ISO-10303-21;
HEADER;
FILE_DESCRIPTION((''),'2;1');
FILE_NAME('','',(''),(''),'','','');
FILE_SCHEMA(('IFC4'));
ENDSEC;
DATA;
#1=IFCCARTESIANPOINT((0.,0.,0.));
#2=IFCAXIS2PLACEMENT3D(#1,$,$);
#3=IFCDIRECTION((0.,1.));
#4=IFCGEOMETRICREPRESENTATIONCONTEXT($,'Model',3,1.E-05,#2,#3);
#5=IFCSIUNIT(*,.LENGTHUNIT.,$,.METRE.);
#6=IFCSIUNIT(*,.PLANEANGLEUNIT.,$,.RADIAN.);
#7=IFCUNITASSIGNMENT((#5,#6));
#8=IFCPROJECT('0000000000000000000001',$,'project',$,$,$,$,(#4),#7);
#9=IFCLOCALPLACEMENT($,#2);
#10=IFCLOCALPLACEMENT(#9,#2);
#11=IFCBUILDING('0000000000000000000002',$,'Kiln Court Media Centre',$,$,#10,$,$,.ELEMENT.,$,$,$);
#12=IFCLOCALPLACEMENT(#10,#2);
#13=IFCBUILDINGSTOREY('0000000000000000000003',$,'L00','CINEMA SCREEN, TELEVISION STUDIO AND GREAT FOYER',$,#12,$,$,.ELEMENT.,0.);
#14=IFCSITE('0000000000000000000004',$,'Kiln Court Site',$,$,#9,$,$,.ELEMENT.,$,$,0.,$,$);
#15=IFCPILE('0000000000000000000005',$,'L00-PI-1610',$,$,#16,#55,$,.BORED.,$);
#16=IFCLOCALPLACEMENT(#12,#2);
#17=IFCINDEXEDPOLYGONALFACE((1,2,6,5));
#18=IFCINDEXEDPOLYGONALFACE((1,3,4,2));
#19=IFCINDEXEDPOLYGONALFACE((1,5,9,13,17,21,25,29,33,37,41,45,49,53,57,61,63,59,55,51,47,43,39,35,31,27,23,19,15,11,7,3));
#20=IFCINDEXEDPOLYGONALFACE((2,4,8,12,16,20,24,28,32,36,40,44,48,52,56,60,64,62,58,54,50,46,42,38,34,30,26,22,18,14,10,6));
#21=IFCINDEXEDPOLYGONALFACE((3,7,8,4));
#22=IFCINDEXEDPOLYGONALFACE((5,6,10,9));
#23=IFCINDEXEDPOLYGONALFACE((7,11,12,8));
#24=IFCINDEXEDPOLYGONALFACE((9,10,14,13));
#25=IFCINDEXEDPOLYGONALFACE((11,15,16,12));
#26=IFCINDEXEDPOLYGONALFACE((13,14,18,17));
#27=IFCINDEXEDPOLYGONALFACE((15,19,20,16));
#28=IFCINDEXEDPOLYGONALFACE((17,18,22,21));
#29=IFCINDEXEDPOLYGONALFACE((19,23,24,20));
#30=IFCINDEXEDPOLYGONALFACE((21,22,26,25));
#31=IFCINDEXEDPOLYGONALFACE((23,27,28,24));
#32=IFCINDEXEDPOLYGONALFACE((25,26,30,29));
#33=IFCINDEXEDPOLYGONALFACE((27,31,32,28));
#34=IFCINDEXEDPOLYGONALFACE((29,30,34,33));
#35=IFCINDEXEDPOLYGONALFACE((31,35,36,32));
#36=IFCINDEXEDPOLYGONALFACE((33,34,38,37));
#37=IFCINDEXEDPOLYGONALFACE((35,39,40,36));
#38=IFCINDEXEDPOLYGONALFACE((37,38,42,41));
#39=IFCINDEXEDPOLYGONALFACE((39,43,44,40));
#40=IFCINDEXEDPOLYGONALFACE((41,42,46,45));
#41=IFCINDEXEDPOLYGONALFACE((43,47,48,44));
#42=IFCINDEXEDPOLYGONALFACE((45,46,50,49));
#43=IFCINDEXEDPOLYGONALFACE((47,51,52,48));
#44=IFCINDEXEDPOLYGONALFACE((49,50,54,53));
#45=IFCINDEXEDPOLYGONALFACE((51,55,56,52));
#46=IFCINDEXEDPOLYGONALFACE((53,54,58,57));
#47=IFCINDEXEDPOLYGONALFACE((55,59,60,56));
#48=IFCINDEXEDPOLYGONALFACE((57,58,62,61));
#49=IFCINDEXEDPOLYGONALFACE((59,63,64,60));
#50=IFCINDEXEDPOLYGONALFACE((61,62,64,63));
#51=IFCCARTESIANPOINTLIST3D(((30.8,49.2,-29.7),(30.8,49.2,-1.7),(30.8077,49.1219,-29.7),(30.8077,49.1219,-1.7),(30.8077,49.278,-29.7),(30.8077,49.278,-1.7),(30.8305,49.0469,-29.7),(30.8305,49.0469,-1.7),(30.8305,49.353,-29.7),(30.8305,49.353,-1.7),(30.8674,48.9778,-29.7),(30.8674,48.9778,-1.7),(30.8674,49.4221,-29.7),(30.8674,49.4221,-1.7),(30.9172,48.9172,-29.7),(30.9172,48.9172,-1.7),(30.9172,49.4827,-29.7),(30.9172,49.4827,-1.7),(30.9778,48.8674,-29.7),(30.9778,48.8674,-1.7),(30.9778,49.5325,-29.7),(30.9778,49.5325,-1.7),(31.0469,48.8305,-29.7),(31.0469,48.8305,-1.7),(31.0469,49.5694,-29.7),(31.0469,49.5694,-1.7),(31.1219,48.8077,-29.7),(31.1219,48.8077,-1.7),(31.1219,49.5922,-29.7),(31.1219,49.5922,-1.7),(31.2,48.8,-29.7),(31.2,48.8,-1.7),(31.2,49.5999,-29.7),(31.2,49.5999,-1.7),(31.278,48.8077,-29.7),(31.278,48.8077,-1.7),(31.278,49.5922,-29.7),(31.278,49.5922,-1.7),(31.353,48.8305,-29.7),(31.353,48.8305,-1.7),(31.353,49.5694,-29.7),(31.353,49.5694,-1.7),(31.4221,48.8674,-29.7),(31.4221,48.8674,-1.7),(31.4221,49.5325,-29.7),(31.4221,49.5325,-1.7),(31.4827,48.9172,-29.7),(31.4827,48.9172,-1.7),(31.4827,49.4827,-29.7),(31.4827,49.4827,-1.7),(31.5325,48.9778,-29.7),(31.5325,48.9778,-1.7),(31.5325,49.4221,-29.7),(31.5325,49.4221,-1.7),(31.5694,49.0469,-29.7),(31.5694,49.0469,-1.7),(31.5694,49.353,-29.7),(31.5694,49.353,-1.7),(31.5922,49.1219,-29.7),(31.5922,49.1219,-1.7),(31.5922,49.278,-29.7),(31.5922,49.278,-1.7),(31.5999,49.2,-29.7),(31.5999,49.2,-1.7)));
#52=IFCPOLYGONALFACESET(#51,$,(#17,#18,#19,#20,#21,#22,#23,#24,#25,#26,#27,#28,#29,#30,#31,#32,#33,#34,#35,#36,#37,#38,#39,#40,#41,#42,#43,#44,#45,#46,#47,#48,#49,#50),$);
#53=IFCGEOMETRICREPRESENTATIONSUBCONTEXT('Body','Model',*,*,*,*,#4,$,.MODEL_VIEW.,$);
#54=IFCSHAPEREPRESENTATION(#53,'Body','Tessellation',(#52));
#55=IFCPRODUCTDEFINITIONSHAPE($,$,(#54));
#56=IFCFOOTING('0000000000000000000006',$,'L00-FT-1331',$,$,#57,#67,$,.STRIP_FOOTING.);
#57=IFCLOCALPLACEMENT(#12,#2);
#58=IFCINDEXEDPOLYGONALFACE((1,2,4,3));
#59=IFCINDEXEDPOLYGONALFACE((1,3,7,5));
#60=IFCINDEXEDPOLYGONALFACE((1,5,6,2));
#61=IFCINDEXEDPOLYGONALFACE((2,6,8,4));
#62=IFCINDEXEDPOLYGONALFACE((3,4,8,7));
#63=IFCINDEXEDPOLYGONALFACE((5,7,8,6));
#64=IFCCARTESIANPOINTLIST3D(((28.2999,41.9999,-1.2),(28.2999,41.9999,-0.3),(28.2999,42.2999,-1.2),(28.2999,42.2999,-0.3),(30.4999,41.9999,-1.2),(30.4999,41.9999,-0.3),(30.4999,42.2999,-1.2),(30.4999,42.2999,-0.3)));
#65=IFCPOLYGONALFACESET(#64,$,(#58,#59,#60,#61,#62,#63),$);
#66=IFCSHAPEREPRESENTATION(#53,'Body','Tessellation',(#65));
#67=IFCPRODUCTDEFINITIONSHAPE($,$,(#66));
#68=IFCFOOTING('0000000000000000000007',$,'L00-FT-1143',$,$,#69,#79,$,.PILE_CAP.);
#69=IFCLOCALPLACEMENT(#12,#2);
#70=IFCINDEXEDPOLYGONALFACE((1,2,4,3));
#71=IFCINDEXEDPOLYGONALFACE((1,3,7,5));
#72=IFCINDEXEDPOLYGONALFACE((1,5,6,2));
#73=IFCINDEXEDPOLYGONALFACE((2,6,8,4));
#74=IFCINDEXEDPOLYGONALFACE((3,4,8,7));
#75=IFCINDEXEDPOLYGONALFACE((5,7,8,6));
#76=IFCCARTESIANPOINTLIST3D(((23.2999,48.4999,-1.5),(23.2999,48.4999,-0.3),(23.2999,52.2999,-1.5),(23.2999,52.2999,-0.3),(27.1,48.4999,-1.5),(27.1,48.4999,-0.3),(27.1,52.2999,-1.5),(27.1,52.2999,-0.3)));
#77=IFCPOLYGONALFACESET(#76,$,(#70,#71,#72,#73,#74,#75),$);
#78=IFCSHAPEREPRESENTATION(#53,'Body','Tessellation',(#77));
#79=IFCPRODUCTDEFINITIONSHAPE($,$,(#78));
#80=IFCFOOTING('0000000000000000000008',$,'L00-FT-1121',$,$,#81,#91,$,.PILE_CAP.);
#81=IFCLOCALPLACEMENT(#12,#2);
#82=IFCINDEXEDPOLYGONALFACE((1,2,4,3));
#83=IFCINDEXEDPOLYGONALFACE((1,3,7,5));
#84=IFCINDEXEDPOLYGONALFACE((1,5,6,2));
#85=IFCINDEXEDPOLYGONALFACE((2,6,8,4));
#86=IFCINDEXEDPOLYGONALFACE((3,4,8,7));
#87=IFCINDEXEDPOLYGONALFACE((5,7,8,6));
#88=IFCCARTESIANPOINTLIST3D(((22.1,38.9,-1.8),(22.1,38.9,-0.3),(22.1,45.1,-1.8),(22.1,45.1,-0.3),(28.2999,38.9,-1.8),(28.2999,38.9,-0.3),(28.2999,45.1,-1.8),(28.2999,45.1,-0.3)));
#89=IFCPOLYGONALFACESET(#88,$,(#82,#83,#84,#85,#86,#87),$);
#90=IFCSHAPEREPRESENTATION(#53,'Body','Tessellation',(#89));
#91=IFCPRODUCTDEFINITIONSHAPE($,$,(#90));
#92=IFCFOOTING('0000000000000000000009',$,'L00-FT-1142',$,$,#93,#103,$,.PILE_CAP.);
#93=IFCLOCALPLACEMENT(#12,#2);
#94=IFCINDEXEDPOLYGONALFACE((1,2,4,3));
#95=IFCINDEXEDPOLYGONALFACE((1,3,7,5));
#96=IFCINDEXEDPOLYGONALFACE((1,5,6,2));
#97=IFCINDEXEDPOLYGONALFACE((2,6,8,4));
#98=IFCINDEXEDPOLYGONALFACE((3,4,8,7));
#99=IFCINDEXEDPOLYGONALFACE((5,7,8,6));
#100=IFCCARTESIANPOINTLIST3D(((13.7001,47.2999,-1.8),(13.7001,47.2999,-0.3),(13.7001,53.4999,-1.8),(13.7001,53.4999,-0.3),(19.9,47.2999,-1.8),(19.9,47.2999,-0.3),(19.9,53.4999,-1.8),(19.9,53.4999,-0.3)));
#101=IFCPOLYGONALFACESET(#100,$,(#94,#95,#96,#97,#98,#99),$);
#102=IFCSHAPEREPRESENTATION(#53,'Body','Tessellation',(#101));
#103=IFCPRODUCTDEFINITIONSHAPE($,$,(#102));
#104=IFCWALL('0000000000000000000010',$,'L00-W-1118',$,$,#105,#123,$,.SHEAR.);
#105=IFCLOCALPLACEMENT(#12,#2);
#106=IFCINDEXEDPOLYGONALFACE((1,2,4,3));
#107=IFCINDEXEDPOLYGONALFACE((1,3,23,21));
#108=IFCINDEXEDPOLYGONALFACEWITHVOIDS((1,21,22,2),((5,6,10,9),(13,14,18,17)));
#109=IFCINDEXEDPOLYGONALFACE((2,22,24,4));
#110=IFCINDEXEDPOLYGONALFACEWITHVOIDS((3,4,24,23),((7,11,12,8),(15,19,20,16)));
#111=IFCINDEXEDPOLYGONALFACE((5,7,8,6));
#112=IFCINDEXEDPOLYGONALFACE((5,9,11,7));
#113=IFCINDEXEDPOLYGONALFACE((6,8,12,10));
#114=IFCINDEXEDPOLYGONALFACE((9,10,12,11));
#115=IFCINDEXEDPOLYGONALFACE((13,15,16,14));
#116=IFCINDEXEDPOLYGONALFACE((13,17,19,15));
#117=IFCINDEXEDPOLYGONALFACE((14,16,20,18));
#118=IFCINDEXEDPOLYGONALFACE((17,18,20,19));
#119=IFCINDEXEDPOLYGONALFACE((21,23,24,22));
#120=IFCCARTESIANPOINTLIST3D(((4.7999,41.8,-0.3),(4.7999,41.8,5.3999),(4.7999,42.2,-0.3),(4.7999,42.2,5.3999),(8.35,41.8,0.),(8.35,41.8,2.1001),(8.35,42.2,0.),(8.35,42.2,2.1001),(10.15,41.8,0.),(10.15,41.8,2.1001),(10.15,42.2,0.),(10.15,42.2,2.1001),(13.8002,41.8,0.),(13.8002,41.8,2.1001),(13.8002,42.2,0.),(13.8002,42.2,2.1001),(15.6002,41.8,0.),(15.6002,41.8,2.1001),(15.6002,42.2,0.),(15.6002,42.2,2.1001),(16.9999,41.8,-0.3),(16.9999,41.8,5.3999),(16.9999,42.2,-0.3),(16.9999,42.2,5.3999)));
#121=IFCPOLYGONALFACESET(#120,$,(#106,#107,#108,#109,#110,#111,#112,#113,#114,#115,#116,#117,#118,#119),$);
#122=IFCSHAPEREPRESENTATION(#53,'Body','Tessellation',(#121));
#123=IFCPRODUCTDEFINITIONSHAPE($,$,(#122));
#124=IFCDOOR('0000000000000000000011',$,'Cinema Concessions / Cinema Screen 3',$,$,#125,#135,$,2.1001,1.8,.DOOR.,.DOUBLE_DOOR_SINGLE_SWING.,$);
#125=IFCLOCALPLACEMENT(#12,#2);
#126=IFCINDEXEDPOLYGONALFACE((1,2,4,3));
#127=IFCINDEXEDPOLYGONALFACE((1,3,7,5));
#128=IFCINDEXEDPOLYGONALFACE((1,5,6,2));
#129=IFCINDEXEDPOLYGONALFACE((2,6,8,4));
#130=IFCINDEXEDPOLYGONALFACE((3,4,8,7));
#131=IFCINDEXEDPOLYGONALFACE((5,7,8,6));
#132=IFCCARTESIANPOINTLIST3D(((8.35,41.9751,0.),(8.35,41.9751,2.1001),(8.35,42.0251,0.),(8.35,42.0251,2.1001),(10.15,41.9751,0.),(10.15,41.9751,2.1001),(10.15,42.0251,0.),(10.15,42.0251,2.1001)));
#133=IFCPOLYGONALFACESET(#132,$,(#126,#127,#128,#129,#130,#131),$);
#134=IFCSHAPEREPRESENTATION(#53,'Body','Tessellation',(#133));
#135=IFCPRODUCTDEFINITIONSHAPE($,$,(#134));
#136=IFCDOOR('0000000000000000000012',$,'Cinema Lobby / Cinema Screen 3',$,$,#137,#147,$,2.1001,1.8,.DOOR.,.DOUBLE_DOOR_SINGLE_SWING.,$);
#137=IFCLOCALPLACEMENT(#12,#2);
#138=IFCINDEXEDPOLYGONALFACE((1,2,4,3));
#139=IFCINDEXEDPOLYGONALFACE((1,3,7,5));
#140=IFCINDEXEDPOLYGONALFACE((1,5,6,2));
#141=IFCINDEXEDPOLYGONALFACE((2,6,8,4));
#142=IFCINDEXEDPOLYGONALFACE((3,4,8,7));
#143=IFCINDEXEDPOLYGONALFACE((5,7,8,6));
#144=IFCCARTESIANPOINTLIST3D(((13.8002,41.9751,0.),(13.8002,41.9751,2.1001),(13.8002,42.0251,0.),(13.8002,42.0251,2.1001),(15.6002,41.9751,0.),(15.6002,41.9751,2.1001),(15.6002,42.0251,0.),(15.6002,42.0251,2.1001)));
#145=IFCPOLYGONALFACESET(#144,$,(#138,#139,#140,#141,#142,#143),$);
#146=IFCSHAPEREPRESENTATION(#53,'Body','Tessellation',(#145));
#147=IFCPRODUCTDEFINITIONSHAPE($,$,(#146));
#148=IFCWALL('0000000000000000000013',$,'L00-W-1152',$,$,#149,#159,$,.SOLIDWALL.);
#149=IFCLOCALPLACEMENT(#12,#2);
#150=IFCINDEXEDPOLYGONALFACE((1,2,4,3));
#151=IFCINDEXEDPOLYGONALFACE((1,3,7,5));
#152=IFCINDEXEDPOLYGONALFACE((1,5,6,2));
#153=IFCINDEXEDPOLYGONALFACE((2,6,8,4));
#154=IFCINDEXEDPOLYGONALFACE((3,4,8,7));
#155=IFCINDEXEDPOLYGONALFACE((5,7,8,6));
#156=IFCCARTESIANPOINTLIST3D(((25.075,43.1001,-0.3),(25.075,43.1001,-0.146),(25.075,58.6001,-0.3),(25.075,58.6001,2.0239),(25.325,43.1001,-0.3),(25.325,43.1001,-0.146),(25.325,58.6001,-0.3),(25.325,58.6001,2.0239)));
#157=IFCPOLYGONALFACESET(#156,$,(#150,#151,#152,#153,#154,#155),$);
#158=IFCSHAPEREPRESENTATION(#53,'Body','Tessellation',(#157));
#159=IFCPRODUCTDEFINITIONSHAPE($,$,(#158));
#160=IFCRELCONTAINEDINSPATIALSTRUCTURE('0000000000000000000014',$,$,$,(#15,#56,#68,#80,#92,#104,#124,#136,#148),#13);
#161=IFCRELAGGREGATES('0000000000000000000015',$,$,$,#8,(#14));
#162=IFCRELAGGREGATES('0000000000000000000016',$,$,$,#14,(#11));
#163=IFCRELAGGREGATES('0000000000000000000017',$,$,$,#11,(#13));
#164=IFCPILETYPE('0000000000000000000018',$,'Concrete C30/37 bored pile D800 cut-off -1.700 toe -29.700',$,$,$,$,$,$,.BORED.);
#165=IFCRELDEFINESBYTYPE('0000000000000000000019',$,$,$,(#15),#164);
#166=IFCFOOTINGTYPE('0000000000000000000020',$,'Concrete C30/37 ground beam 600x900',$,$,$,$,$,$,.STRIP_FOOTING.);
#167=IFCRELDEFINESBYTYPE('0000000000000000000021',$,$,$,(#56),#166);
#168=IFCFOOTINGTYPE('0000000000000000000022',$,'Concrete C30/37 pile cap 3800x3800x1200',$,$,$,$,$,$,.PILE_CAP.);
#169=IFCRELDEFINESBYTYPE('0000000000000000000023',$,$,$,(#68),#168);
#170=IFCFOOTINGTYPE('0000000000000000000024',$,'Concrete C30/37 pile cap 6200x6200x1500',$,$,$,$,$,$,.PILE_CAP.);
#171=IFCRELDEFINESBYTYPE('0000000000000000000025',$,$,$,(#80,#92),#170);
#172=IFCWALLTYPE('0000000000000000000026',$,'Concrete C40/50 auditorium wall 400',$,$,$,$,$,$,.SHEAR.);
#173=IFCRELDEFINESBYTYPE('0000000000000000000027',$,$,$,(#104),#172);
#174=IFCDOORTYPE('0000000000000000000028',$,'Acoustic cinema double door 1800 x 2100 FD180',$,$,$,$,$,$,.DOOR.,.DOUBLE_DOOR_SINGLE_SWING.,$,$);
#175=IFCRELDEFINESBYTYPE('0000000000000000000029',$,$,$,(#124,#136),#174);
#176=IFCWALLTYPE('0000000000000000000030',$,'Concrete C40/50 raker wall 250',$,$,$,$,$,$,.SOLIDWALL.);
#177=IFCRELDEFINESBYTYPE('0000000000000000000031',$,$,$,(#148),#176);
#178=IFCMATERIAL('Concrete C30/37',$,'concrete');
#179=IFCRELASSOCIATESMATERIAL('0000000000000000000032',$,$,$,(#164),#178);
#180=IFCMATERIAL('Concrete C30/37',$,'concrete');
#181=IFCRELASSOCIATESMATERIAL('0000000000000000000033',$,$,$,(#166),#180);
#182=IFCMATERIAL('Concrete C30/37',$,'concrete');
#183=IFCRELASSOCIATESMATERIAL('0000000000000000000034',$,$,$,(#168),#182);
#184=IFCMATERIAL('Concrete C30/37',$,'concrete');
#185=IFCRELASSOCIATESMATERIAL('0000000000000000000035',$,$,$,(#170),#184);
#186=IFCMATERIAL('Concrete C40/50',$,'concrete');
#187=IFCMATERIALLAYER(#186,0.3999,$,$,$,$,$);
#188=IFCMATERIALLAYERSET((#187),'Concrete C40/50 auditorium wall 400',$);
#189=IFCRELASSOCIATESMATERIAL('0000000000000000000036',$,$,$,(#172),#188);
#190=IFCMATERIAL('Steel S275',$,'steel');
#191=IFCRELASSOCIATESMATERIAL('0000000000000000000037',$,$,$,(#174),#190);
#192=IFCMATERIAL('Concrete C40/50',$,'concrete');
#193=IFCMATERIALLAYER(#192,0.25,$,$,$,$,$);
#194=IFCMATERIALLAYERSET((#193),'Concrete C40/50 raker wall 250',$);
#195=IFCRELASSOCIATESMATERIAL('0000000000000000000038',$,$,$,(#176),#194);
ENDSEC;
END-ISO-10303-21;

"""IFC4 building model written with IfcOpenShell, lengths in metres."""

from ifc_helpers import new_model, si_unit, direction, frame, frame_2d, origin, origin_2d, place, context, subcontext, project, spatial, polyline, rectangle, circle, outline, extrude, material, layer, layer_set, material_profile, profile_set, type_object, element, fill, save


model = new_model("IFC4")

# Units and contexts
model_context = context("Model", 3, precision=1e-05, world=origin(), true_north=direction((0.0, 1.0)))
body_context = subcontext(model_context, "Body", "Model", "MODEL_VIEW")
ifc_project = project(units=[si_unit("LENGTHUNIT", "METRE"), si_unit("PLANEANGLEUNIT", "RADIAN")], contexts=[model_context])

# Site, building, storey
site_placement = place(None, origin())
site = spatial("IfcSite", under=ifc_project, at=site_placement, Name="Kiln Court Site", CompositionType="ELEMENT", RefElevation=0.0)
building_placement = place(site_placement, origin())
building = spatial("IfcBuilding", under=site, at=building_placement, Name="Kiln Court Media Centre", CompositionType="ELEMENT")
storey_placement = place(building_placement, origin())
storey = spatial("IfcBuildingStorey", under=building, at=storey_placement, Name="L00", Description="CINEMA SCREEN, TELEVISION STUDIO AND GREAT FOYER", CompositionType="ELEMENT", Elevation=0.0)

# Pile
ifc_material_1 = material(Name="Concrete C30/37", Category="concrete")
ifc_material_profile_1 = material_profile(ifc_material_1, circle(Radius=0.3999, at=origin_2d()), Name="PILE D800")
ifc_profile_set_1 = profile_set([ifc_material_profile_1], Name="Concrete C30/37")
pile_type_1 = type_object("IfcPileType", Name="Concrete C30/37 bored pile D800 cut-off -1.700 toe -29.700", PredefinedType="BORED", material=ifc_profile_set_1)
for number, where, z_axis, x_axis, name in (
    (1, (31.2, 49.2, -1.7), (0.0, 0.0, -1.0), (1.0, 0.0, 0.0), "L00-PI-1610"),
):
    element("IfcPile", number, at=place(storey_placement, frame(where, z_axis=z_axis, x_axis=x_axis)), inside=storey, type_object=pile_type_1, Name=name, PredefinedType="BORED", context=body_context, shape_type="SweptSolid", body=[
        extrude(circle(Radius=0.3999, at=origin_2d()), origin(), (0.0, 0.0, 1.0), 28.0),
    ])

# Footings
ifc_material_2 = material(Name="Concrete C30/37", Category="concrete")
footing_type_1 = type_object("IfcFootingType", Name="Concrete C30/37 ground beam 600x900", PredefinedType="STRIP_FOOTING", material=ifc_material_2)
footing_1_placement = place(storey_placement, frame((29.3999, 42.1499, -1.2), z_axis=(0.0, 0.0, 1.0), x_axis=(1.0, 0.0, 0.0)))
element("IfcFooting", 2, at=footing_1_placement, inside=storey, type_object=footing_type_1, Name="L00-FT-1331", PredefinedType="STRIP_FOOTING", context=body_context, shape_type="SweptSolid", body=[
    extrude(rectangle(XDim=2.2, YDim=0.3, at=origin_2d()), origin(), (0.0, 0.0, 1.0), 0.8999),
])
ifc_material_3 = material(Name="Concrete C30/37", Category="concrete")
footing_type_2 = type_object("IfcFootingType", Name="Concrete C30/37 pile cap 3800x3800x1200", PredefinedType="PILE_CAP", material=ifc_material_3)
footing_2_placement = place(storey_placement, frame((25.2, 50.3999, -1.5), z_axis=(0.0, 0.0, 1.0), x_axis=(1.0, 0.0, 0.0)))
element("IfcFooting", 3, at=footing_2_placement, inside=storey, type_object=footing_type_2, Name="L00-FT-1143", PredefinedType="PILE_CAP", context=body_context, shape_type="SweptSolid", body=[
    extrude(rectangle(XDim=3.8, YDim=3.8, at=origin_2d()), origin(), (0.0, 0.0, 1.0), 1.2),
])
ifc_material_4 = material(Name="Concrete C30/37", Category="concrete")
footing_type_3 = type_object("IfcFootingType", Name="Concrete C30/37 pile cap 6200x6200x1500", PredefinedType="PILE_CAP", material=ifc_material_4)
for number, where, z_axis, x_axis, name in (
    (4, (25.2, 42.0, -1.8), (0.0, 0.0, 1.0), (1.0, 0.0, 0.0), "L00-FT-1121"),
    (5, (16.8, 50.3999, -1.8), (0.0, 0.0, 1.0), (1.0, 0.0, 0.0), "L00-FT-1142"),
):
    element("IfcFooting", number, at=place(storey_placement, frame(where, z_axis=z_axis, x_axis=x_axis)), inside=storey, type_object=footing_type_3, Name=name, PredefinedType="PILE_CAP", context=body_context, shape_type="SweptSolid", body=[
        extrude(rectangle(XDim=6.2, YDim=6.2, at=origin_2d()), origin(), (0.0, 0.0, 1.0), 1.5),
    ])

# Wall, openings, doors
ifc_material_5 = material(Name="Concrete C40/50", Category="concrete")
ifc_layer_1 = layer(ifc_material_5, 0.3999)
ifc_layer_set_1 = layer_set([ifc_layer_1], Name="Concrete C40/50 auditorium wall 400")
wall_type_1 = type_object("IfcWallType", Name="Concrete C40/50 auditorium wall 400", PredefinedType="SHEAR", material=ifc_layer_set_1)
wall_1_placement = place(storey_placement, frame((17.0, 42.0, -0.3), z_axis=(0.0, 0.0, 1.0), x_axis=(-1.0, 0.0, 0.0)))
wall_1 = element("IfcWall", 6, at=wall_1_placement, inside=storey, type_object=wall_type_1, Name="L00-W-1118", PredefinedType="SHEAR", context=body_context, shape_type="SweptSolid", body=[
    extrude(rectangle(XDim=12.2, YDim=0.3999, at=frame_2d((6.1001, 0.0))), origin(), (0.0, 0.0, 1.0), 5.7),
])
opening_1_placement = place(wall_1_placement, frame((6.8501, 0.0, 0.3)))
opening_1 = element("IfcOpeningElement", 7, at=opening_1_placement, cuts=wall_1, PredefinedType="OPENING", context=body_context, shape_type="SweptSolid", body=[
    extrude(rectangle(XDim=1.8, YDim=2.1001, at=frame_2d((0.8999, 1.05))), frame((0.0, 0.21, 0.0), z_axis=(0.0, -1.0, 0.0), x_axis=(1.0, 0.0, 0.0)), (0.0, 0.0, 1.0), 0.4199),
])
opening_2_placement = place(wall_1_placement, frame((1.3999, 0.0, 0.3)))
opening_2 = element("IfcOpeningElement", 8, at=opening_2_placement, cuts=wall_1, PredefinedType="OPENING", context=body_context, shape_type="SweptSolid", body=[
    extrude(rectangle(XDim=1.8, YDim=2.1001, at=frame_2d((0.8999, 1.05))), frame((0.0, 0.21, 0.0), z_axis=(0.0, -1.0, 0.0), x_axis=(1.0, 0.0, 0.0)), (0.0, 0.0, 1.0), 0.4199),
])
ifc_material_6 = material(Name="Steel S275", Category="steel")
door_type = type_object("IfcDoorType", Name="Acoustic cinema double door 1800 x 2100 FD180", OperationType="DOUBLE_DOOR_SINGLE_SWING", PredefinedType="DOOR", material=ifc_material_6)
door_1_placement = place(opening_1_placement, origin())
door_1 = element("IfcDoor", 9, at=door_1_placement, inside=storey, type_object=door_type, Name="Cinema Concessions / Cinema Screen 3", OperationType="DOUBLE_DOOR_SINGLE_SWING", OverallHeight=2.1001, OverallWidth=1.8, PredefinedType="DOOR", context=body_context, shape_type="SweptSolid", body=[
    extrude(rectangle(XDim=1.8, YDim=2.1001, at=frame_2d((0.8999, 1.05))), frame((0.0, 0.0249, 0.0), z_axis=(0.0, -1.0, 0.0), x_axis=(1.0, 0.0, 0.0)), (0.0, 0.0, 1.0), 0.05),
])
fill(opening_1, door_1)
door_2_placement = place(opening_2_placement, origin())
door_2 = element("IfcDoor", 10, at=door_2_placement, inside=storey, type_object=door_type, Name="Cinema Lobby / Cinema Screen 3", OperationType="DOUBLE_DOOR_SINGLE_SWING", OverallHeight=2.1001, OverallWidth=1.8, PredefinedType="DOOR", context=body_context, shape_type="SweptSolid", body=[
    extrude(rectangle(XDim=1.8, YDim=2.1001, at=frame_2d((0.8999, 1.05))), frame((0.0, 0.0249, 0.0), z_axis=(0.0, -1.0, 0.0), x_axis=(1.0, 0.0, 0.0)), (0.0, 0.0, 1.0), 0.05),
])
fill(opening_2, door_2)

# Wall
ifc_material_7 = material(Name="Concrete C40/50", Category="concrete")
ifc_layer_2 = layer(ifc_material_7, 0.25)
ifc_layer_set_2 = layer_set([ifc_layer_2], Name="Concrete C40/50 raker wall 250")
wall_type_2 = type_object("IfcWallType", Name="Concrete C40/50 raker wall 250", PredefinedType="SOLIDWALL", material=ifc_layer_set_2)
wall_2_placement = place(storey_placement, frame((25.2, 43.1001, -0.3), z_axis=(0.0, 0.0, 1.0), x_axis=(0.0, 1.0, 0.0)))
element("IfcWall", 11, at=wall_2_placement, inside=storey, type_object=wall_type_2, Name="L00-W-1152", PredefinedType="SOLIDWALL", context=body_context, shape_type="SweptSolid", body=[
    extrude(outline(polyline([(0.0, 0.0), (15.5, 0.0), (15.5, 2.324), (0.0, 0.1541), (0.0, 0.0)])), frame((0.0, 0.125, 0.0), z_axis=(0.0, -1.0, 0.0), x_axis=(1.0, 0.0, 0.0)), (0.0, 0.0, 1.0), 0.25),
])

save(model, "model.ifc")
